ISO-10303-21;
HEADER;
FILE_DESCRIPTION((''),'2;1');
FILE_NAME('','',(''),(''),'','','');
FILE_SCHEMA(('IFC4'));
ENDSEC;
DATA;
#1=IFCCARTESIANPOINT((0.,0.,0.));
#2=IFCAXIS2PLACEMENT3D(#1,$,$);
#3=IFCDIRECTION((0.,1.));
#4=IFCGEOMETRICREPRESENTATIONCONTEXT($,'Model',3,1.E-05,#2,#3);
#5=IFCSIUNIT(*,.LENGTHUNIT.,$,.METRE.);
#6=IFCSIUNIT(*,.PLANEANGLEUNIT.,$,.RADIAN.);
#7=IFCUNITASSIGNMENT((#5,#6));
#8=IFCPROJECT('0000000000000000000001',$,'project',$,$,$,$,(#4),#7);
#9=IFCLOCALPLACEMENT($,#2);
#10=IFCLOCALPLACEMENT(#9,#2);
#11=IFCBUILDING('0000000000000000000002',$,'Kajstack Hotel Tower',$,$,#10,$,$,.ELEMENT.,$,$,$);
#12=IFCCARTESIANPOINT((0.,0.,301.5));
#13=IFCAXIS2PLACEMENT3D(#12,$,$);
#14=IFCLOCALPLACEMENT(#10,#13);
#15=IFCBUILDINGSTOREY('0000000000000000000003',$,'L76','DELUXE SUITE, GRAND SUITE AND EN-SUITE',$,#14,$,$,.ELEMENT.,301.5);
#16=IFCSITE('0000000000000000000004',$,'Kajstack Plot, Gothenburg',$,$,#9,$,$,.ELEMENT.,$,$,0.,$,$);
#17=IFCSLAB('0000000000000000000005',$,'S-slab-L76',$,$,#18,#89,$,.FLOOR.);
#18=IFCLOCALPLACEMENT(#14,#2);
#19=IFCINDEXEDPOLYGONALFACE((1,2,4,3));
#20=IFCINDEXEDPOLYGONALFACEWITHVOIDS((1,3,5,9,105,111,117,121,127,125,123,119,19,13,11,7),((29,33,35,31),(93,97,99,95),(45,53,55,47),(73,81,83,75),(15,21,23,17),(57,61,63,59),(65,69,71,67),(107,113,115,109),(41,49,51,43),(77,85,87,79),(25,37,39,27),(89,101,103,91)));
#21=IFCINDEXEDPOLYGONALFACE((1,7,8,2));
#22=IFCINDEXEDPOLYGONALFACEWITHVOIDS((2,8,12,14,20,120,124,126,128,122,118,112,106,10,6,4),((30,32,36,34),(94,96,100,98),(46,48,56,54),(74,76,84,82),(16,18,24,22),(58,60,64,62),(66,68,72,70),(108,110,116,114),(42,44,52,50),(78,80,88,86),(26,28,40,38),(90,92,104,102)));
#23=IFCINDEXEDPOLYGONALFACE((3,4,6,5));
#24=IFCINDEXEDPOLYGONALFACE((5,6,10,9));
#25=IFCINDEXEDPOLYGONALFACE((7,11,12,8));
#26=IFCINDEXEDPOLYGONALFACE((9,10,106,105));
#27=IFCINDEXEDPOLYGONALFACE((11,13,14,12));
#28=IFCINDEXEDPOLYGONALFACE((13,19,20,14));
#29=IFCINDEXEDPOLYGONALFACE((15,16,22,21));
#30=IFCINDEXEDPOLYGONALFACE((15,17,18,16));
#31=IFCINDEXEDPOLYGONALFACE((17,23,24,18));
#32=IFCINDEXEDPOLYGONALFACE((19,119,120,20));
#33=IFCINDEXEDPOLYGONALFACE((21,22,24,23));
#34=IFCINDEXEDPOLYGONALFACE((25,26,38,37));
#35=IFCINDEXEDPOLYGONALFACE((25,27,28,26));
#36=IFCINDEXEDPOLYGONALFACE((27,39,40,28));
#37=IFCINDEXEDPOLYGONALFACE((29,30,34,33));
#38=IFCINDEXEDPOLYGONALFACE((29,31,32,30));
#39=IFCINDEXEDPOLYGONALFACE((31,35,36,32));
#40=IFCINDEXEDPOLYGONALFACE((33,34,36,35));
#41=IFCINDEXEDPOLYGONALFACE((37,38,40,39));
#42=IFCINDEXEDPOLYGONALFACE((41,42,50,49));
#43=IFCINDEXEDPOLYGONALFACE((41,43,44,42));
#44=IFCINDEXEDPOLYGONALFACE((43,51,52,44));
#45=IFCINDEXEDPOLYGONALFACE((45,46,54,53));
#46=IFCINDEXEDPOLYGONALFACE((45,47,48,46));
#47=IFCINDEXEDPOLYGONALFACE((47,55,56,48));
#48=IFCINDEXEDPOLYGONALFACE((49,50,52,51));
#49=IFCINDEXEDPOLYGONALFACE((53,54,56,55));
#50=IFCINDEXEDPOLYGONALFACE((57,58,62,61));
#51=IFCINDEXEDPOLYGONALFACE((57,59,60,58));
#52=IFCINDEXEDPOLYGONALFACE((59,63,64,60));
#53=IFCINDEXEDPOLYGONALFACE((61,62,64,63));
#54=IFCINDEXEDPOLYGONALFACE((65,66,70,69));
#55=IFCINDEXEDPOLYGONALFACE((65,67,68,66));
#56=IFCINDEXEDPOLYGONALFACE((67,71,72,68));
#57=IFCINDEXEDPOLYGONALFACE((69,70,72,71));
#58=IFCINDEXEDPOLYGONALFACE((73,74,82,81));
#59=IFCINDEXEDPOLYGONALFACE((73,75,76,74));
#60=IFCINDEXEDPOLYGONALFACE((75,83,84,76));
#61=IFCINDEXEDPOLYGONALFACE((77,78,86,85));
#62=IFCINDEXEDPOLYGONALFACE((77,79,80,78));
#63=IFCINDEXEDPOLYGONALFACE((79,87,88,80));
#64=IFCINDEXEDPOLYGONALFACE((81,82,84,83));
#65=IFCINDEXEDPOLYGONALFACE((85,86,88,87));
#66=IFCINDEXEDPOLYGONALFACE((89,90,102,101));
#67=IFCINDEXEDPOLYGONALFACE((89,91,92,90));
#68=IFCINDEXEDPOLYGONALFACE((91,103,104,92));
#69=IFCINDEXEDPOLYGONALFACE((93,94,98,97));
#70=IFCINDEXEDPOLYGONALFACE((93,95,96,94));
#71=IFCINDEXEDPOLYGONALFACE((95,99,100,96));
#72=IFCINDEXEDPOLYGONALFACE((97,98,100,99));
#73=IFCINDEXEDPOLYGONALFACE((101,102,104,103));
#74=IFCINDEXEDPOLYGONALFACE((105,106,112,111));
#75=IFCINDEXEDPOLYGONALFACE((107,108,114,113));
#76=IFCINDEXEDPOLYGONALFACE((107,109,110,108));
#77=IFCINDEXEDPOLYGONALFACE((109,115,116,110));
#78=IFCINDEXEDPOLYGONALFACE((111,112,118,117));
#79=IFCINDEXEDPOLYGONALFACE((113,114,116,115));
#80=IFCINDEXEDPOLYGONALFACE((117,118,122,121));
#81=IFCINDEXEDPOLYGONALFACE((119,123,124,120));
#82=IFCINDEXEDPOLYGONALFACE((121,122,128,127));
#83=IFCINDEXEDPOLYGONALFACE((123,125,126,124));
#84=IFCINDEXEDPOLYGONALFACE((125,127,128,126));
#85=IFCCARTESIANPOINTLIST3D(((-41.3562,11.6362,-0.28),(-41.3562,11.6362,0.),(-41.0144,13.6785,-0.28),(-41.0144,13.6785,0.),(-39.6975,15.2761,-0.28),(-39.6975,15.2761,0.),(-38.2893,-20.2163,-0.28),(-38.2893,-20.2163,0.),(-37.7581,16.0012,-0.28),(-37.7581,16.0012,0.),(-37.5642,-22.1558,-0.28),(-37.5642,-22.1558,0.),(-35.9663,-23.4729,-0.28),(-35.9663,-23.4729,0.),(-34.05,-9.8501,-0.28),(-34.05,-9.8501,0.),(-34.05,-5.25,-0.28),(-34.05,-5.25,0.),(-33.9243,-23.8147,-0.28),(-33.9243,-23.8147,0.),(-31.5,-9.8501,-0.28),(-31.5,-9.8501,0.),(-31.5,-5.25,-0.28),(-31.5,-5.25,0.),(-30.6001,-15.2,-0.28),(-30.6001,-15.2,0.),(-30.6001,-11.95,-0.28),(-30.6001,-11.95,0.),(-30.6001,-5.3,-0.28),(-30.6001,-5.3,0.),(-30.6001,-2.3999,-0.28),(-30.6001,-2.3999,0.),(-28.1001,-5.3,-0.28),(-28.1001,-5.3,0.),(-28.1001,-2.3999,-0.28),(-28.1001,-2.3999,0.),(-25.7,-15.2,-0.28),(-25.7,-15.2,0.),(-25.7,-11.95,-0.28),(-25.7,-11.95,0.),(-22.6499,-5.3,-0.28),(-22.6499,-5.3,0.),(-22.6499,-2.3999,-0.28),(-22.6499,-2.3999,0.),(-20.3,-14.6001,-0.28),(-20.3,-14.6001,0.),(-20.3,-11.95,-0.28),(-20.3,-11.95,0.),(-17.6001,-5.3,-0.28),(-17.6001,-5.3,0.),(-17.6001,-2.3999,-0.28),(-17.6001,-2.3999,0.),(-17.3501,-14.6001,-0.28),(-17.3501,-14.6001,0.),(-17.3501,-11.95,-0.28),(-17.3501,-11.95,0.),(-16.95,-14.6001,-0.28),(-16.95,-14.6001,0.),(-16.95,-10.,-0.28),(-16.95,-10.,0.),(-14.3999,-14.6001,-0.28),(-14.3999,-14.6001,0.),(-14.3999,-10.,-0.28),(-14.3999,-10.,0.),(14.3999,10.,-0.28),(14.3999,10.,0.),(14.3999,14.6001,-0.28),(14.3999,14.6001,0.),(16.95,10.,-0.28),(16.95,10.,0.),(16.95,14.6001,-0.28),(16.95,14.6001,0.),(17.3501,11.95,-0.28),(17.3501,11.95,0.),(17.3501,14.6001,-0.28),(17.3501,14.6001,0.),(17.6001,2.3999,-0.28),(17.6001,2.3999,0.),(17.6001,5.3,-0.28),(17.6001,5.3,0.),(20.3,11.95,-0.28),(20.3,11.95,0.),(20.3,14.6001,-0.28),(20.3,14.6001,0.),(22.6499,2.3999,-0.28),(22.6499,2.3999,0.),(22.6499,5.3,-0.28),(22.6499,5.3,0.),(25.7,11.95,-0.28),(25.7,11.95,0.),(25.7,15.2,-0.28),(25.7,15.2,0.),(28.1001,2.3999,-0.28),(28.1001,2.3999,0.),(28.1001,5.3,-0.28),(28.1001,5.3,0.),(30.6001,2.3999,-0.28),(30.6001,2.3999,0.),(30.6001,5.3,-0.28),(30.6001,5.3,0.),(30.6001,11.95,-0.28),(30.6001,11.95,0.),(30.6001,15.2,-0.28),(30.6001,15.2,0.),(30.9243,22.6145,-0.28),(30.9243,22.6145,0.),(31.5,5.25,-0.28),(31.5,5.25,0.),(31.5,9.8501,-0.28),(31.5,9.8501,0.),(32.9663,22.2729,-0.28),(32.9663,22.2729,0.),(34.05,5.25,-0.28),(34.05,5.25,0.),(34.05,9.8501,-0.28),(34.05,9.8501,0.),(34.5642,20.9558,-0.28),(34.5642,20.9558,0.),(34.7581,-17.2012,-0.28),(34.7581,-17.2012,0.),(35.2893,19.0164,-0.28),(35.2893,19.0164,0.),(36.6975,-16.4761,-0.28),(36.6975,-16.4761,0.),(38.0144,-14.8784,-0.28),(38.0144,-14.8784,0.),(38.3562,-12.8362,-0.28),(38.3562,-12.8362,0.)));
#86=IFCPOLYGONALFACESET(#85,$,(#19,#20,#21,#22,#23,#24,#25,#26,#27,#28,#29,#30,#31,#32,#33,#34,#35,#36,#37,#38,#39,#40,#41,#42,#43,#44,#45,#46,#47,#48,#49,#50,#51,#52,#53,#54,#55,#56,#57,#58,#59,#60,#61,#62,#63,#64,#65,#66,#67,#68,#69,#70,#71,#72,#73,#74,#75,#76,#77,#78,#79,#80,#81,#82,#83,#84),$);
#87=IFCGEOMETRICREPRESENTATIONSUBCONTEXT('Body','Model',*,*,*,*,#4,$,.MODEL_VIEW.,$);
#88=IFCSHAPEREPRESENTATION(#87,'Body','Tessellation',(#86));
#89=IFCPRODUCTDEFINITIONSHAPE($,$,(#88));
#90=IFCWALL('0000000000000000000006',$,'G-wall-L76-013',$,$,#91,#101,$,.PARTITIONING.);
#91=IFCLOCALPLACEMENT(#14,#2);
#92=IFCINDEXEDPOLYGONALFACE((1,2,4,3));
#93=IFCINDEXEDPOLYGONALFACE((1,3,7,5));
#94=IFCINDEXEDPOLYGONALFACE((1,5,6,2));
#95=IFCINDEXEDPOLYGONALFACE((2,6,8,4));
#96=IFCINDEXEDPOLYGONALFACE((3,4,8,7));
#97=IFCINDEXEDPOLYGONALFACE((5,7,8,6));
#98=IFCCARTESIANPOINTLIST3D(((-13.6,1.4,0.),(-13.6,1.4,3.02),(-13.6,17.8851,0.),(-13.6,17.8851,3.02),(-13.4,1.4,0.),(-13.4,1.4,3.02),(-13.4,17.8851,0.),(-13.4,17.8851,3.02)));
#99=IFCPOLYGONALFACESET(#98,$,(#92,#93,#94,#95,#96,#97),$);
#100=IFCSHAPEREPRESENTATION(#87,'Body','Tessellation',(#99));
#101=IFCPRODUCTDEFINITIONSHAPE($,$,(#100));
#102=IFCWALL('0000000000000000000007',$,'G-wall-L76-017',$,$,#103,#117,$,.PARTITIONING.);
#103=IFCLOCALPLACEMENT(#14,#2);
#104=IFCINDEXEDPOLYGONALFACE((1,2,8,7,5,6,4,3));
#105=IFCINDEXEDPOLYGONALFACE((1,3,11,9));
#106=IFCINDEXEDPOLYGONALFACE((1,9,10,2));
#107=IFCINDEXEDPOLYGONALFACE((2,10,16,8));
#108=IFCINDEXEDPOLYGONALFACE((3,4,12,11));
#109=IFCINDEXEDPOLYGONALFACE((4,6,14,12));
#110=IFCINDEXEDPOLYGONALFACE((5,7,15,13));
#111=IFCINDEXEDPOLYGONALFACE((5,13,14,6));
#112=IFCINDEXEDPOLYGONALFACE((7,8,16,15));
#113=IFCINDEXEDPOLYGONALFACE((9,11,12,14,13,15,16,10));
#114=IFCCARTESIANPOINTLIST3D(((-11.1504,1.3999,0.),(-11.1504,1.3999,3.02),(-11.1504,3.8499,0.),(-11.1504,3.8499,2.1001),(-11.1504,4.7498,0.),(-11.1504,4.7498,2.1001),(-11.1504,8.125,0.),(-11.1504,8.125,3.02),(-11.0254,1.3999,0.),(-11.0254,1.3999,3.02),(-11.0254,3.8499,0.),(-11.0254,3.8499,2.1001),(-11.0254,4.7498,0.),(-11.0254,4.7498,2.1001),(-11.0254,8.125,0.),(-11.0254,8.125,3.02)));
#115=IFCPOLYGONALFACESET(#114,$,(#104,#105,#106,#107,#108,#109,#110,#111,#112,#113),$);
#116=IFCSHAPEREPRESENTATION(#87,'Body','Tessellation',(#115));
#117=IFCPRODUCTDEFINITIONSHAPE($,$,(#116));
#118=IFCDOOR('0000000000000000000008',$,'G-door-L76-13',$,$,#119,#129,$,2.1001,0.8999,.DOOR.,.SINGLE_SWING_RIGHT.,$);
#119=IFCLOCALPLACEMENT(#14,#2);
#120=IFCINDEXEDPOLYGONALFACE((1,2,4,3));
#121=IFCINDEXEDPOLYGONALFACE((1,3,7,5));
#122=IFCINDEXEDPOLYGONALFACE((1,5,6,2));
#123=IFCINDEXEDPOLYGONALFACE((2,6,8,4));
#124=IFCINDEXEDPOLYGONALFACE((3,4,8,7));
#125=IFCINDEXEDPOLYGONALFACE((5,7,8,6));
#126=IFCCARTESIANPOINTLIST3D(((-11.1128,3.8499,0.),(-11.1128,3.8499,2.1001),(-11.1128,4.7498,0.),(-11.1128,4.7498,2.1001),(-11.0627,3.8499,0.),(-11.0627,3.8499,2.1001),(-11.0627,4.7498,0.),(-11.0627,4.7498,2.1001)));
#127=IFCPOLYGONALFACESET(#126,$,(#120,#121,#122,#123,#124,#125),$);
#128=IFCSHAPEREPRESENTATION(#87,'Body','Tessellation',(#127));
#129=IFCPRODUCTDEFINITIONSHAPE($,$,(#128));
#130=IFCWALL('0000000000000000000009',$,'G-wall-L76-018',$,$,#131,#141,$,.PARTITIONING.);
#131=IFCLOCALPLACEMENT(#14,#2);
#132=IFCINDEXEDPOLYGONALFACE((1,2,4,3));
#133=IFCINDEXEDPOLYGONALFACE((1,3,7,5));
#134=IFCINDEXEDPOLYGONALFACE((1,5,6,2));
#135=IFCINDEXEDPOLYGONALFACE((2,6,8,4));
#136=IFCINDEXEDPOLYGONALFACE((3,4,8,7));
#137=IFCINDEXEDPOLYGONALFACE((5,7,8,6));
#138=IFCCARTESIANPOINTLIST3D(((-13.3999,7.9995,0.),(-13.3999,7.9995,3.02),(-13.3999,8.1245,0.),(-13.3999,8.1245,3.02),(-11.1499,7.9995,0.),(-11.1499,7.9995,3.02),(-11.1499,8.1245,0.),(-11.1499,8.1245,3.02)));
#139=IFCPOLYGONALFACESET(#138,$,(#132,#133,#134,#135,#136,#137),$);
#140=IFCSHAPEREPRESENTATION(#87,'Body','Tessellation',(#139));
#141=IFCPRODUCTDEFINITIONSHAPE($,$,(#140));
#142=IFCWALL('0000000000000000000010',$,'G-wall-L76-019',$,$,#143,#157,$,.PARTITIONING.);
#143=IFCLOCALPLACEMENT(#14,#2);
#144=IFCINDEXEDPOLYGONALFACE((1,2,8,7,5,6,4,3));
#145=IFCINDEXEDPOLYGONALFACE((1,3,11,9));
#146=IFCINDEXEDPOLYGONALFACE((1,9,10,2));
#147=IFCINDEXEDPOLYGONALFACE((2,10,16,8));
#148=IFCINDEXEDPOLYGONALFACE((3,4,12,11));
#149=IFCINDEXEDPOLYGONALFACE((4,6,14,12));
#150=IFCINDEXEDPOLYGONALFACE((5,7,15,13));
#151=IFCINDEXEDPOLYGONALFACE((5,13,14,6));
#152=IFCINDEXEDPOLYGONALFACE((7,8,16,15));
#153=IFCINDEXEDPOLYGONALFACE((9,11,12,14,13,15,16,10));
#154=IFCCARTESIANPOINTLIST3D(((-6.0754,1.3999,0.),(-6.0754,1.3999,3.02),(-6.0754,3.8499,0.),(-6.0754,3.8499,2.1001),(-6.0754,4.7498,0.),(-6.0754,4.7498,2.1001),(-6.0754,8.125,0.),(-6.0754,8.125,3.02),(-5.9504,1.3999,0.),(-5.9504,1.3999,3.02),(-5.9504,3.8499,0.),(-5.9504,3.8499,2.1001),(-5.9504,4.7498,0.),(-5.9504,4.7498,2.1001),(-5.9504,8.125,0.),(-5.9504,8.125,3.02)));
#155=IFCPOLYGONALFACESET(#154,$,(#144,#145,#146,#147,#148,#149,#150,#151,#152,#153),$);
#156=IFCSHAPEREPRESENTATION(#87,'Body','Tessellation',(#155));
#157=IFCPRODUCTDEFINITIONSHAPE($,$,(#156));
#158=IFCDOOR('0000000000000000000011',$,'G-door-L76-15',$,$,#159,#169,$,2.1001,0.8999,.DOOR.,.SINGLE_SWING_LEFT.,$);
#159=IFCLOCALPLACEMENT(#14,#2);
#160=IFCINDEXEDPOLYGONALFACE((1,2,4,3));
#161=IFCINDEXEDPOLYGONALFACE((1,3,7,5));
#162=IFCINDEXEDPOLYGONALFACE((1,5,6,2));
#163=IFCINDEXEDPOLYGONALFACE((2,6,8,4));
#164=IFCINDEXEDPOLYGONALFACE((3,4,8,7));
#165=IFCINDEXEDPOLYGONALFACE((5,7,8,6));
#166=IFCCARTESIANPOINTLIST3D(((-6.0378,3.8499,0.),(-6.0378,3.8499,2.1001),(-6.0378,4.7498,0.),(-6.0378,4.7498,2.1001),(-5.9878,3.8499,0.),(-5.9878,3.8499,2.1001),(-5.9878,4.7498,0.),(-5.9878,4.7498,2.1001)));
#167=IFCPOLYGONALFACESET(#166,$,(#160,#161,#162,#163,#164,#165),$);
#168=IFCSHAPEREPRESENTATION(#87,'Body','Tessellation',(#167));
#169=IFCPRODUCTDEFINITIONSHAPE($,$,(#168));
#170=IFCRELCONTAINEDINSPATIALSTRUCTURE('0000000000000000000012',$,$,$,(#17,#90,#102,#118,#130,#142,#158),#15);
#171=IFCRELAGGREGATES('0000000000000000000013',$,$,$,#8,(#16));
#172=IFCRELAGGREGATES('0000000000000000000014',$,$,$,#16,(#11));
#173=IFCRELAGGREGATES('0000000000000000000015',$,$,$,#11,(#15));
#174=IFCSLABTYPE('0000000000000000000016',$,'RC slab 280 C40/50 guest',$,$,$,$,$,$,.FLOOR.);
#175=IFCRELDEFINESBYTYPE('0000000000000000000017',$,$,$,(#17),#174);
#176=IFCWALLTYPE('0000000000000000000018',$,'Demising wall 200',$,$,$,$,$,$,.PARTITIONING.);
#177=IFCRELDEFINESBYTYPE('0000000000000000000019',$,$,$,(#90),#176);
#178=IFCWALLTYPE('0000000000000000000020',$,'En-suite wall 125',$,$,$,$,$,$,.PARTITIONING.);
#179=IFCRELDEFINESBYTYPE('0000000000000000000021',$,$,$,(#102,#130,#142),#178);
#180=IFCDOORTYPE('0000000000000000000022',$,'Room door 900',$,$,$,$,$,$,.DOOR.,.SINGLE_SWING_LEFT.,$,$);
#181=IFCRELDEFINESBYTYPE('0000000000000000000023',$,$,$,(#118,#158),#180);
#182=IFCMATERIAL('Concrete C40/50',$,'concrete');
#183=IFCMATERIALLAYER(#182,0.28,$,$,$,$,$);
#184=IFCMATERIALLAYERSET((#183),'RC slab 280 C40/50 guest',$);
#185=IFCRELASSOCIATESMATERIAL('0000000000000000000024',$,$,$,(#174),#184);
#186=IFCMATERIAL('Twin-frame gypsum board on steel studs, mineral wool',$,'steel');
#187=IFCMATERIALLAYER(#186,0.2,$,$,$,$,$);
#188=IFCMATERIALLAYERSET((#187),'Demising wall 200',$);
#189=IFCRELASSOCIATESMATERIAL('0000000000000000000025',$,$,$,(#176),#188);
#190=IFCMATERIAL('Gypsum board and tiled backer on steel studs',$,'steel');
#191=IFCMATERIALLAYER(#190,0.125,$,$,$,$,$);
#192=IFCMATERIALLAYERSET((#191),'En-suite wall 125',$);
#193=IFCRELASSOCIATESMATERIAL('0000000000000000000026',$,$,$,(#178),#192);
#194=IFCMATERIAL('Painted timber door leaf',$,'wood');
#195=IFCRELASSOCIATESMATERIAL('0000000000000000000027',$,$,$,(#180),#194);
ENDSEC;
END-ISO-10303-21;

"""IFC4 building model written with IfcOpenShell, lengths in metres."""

from ifc_helpers import new_model, si_unit, direction, frame, frame_2d, origin, place, context, subcontext, project, spatial, polyline, rectangle, outline, extrude, material, layer, layer_set, type_object, element, fill, save


model = new_model("IFC4")

# Units and contexts
model_context = context("Model", 3, precision=1e-05, world=origin(), true_north=direction((0.0, 1.0)))
body_context = subcontext(model_context, "Body", "Model", "MODEL_VIEW")
ifc_project = project(units=[si_unit("LENGTHUNIT", "METRE"), si_unit("PLANEANGLEUNIT", "RADIAN")], contexts=[model_context])

# Site, building, storey
site_placement = place(None, origin())
site = spatial("IfcSite", under=ifc_project, at=site_placement, Name="Kajstack Plot, Gothenburg", CompositionType="ELEMENT", RefElevation=0.0)
building_placement = place(site_placement, origin())
building = spatial("IfcBuilding", under=site, at=building_placement, Name="Kajstack Hotel Tower", CompositionType="ELEMENT")
storey_placement = place(building_placement, frame((0.0, 0.0, 301.5)))
storey = spatial("IfcBuildingStorey", under=building, at=storey_placement, Name="L76", Description="DELUXE SUITE, GRAND SUITE AND EN-SUITE", CompositionType="ELEMENT", Elevation=301.5)

# Slab
ifc_material_1 = material(Name="Concrete C40/50", Category="concrete")
ifc_layer_1 = layer(ifc_material_1, 0.28)
ifc_layer_set_1 = layer_set([ifc_layer_1], Name="RC slab 280 C40/50 guest")
slab_type = type_object("IfcSlabType", Name="RC slab 280 C40/50 guest", PredefinedType="FLOOR", material=ifc_layer_set_1)
slab_placement = place(storey_placement, frame((0.0, 0.0, -0.28)))
element("IfcSlab", 1, at=slab_placement, inside=storey, type_object=slab_type, Name="S-slab-L76", PredefinedType="FLOOR", context=body_context, shape_type="SweptSolid", body=[
    extrude(outline(polyline([(-41.3562, 11.6362), (-38.2893, -20.2163), (-37.5642, -22.1558), (-35.9663, -23.4729), (-33.9243, -23.8147), (34.7581, -17.2012), (36.6975, -16.4761), (38.0144, -14.8784), (38.3562, -12.8362), (35.2893, 19.0164), (34.5642, 20.9558), (32.9663, 22.2729), (30.9243, 22.6145), (-37.7581, 16.0012), (-39.6975, 15.2761), (-41.0144, 13.6785), (-41.3562, 11.6362)]), holes=[polyline([(-22.6499, -5.3), (-22.6499, -2.3999), (-17.6001, -2.3999), (-17.6001, -5.3), (-22.6499, -5.3)]), polyline([(-20.3, -14.6001), (-17.3501, -14.6001), (-17.3501, -11.95), (-20.3, -11.95), (-20.3, -14.6001)]), polyline([(-30.6001, -5.3), (-28.1001, -5.3), (-28.1001, -2.3999), (-30.6001, -2.3999), (-30.6001, -5.3)]), polyline([(17.6001, 2.3999), (17.6001, 5.3), (22.6499, 5.3), (22.6499, 2.3999), (17.6001, 2.3999)]), polyline([(20.3, 14.6001), (17.3501, 14.6001), (17.3501, 11.95), (20.3, 11.95), (20.3, 14.6001)]), polyline([(30.6001, 5.3), (28.1001, 5.3), (28.1001, 2.3999), (30.6001, 2.3999), (30.6001, 5.3)]), polyline([(-34.05, -9.8501), (-31.5, -9.8501), (-31.5, -5.25), (-34.05, -5.25), (-34.05, -9.8501)]), polyline([(-16.95, -14.6001), (-14.3999, -14.6001), (-14.3999, -10.0), (-16.95, -10.0), (-16.95, -14.6001)]), polyline([(-30.6001, -15.2), (-25.7, -15.2), (-25.7, -11.95), (-30.6001, -11.95), (-30.6001, -15.2)]), polyline([(34.05, 9.8501), (31.5, 9.8501), (31.5, 5.25), (34.05, 5.25), (34.05, 9.8501)]), polyline([(16.95, 14.6001), (14.3999, 14.6001), (14.3999, 10.0), (16.95, 10.0), (16.95, 14.6001)]), polyline([(30.6001, 15.2), (25.7, 15.2), (25.7, 11.95), (30.6001, 11.95), (30.6001, 15.2)])]), origin(), (0.0, 0.0, 1.0), 0.28),
])

# Wall
ifc_material_2 = material(Name="Twin-frame gypsum board on steel studs, mineral wool", Category="steel")
ifc_layer_2 = layer(ifc_material_2, 0.2)
ifc_layer_set_2 = layer_set([ifc_layer_2], Name="Demising wall 200")
wall_type_1 = type_object("IfcWallType", Name="Demising wall 200", PredefinedType="PARTITIONING", material=ifc_layer_set_2)
wall_1_placement = place(storey_placement, frame((-13.5, 1.3999, 0.0), z_axis=(0.0, 0.0, 1.0), x_axis=(0.0, 1.0, 0.0)))
element("IfcWall", 2, at=wall_1_placement, inside=storey, type_object=wall_type_1, Name="G-wall-L76-013", PredefinedType="PARTITIONING", context=body_context, shape_type="SweptSolid", body=[
    extrude(rectangle(XDim=16.4851, YDim=0.2, at=frame_2d((8.2427, 0.0))), origin(), (0.0, 0.0, 1.0), 3.02),
])

# Wall, opening, door
ifc_material_3 = material(Name="Gypsum board and tiled backer on steel studs", Category="steel")
ifc_layer_3 = layer(ifc_material_3, 0.125)
ifc_layer_set_3 = layer_set([ifc_layer_3], Name="En-suite wall 125")
wall_type_2 = type_object("IfcWallType", Name="En-suite wall 125", PredefinedType="PARTITIONING", material=ifc_layer_set_3)
wall_2_placement = place(storey_placement, frame((-11.0879, 1.3999, 0.0), z_axis=(0.0, 0.0, 1.0), x_axis=(0.0, 1.0, 0.0)))
wall_2 = element("IfcWall", 3, at=wall_2_placement, inside=storey, type_object=wall_type_2, Name="G-wall-L76-017", PredefinedType="PARTITIONING", context=body_context, shape_type="SweptSolid", body=[
    extrude(rectangle(XDim=6.7251, YDim=0.125, at=frame_2d((3.3625, 0.0))), origin(), (0.0, 0.0, 1.0), 3.02),
])
opening_1_placement = place(wall_2_placement, frame((2.45, 0.0, 0.0)))
opening_1 = element("IfcOpeningElement", 4, at=opening_1_placement, cuts=wall_2, PredefinedType="OPENING", context=body_context, shape_type="SweptSolid", body=[
    extrude(rectangle(XDim=0.8999, YDim=2.1001, at=frame_2d((0.45, 1.05))), frame((0.0, 0.0725, 0.0), z_axis=(0.0, -1.0, 0.0), x_axis=(1.0, 0.0, 0.0)), (0.0, 0.0, 1.0), 0.145),
])
ifc_material_4 = material(Name="Painted timber door leaf", Category="wood")
door_type = type_object("IfcDoorType", Name="Room door 900", OperationType="SINGLE_SWING_LEFT", PredefinedType="DOOR", material=ifc_material_4)
door_1_placement = place(opening_1_placement, origin())
door_1 = element("IfcDoor", 5, at=door_1_placement, inside=storey, type_object=door_type, Name="G-door-L76-13", OperationType="SINGLE_SWING_RIGHT", OverallHeight=2.1001, OverallWidth=0.8999, PredefinedType="DOOR", context=body_context, shape_type="SweptSolid", body=[
    extrude(rectangle(XDim=0.8999, YDim=2.1001, at=frame_2d((0.45, 1.05))), frame((0.0, 0.0249, 0.0), z_axis=(0.0, -1.0, 0.0), x_axis=(1.0, 0.0, 0.0)), (0.0, 0.0, 1.0), 0.05),
])
fill(opening_1, door_1)

# Wall
wall_3_placement = place(storey_placement, frame((-13.3999, 8.062, 0.0), z_axis=(0.0, 0.0, 1.0), x_axis=(1.0, 0.0, 0.0)))
element("IfcWall", 6, at=wall_3_placement, inside=storey, type_object=wall_type_2, Name="G-wall-L76-018", PredefinedType="PARTITIONING", context=body_context, shape_type="SweptSolid", body=[
    extrude(rectangle(XDim=2.25, YDim=0.125, at=frame_2d((1.125, 0.0))), origin(), (0.0, 0.0, 1.0), 3.02),
])

# Wall, opening, door
wall_4_placement = place(storey_placement, frame((-6.0129, 1.3999, 0.0), z_axis=(0.0, 0.0, 1.0), x_axis=(0.0, 1.0, 0.0)))
wall_4 = element("IfcWall", 7, at=wall_4_placement, inside=storey, type_object=wall_type_2, Name="G-wall-L76-019", PredefinedType="PARTITIONING", context=body_context, shape_type="SweptSolid", body=[
    extrude(rectangle(XDim=6.7251, YDim=0.125, at=frame_2d((3.3625, 0.0))), origin(), (0.0, 0.0, 1.0), 3.02),
])
opening_2_placement = place(wall_4_placement, frame((2.45, 0.0, 0.0)))
opening_2 = element("IfcOpeningElement", 8, at=opening_2_placement, cuts=wall_4, PredefinedType="OPENING", context=body_context, shape_type="SweptSolid", body=[
    extrude(rectangle(XDim=0.8999, YDim=2.1001, at=frame_2d((0.45, 1.05))), frame((0.0, 0.0725, 0.0), z_axis=(0.0, -1.0, 0.0), x_axis=(1.0, 0.0, 0.0)), (0.0, 0.0, 1.0), 0.145),
])
door_2_placement = place(opening_2_placement, origin())
door_2 = element("IfcDoor", 9, at=door_2_placement, inside=storey, type_object=door_type, Name="G-door-L76-15", OperationType="SINGLE_SWING_LEFT", OverallHeight=2.1001, OverallWidth=0.8999, PredefinedType="DOOR", context=body_context, shape_type="SweptSolid", body=[
    extrude(rectangle(XDim=0.8999, YDim=2.1001, at=frame_2d((0.45, 1.05))), frame((0.0, 0.0249, 0.0), z_axis=(0.0, -1.0, 0.0), x_axis=(1.0, 0.0, 0.0)), (0.0, 0.0, 1.0), 0.05),
])
fill(opening_2, door_2)

save(model, "model.ifc")
